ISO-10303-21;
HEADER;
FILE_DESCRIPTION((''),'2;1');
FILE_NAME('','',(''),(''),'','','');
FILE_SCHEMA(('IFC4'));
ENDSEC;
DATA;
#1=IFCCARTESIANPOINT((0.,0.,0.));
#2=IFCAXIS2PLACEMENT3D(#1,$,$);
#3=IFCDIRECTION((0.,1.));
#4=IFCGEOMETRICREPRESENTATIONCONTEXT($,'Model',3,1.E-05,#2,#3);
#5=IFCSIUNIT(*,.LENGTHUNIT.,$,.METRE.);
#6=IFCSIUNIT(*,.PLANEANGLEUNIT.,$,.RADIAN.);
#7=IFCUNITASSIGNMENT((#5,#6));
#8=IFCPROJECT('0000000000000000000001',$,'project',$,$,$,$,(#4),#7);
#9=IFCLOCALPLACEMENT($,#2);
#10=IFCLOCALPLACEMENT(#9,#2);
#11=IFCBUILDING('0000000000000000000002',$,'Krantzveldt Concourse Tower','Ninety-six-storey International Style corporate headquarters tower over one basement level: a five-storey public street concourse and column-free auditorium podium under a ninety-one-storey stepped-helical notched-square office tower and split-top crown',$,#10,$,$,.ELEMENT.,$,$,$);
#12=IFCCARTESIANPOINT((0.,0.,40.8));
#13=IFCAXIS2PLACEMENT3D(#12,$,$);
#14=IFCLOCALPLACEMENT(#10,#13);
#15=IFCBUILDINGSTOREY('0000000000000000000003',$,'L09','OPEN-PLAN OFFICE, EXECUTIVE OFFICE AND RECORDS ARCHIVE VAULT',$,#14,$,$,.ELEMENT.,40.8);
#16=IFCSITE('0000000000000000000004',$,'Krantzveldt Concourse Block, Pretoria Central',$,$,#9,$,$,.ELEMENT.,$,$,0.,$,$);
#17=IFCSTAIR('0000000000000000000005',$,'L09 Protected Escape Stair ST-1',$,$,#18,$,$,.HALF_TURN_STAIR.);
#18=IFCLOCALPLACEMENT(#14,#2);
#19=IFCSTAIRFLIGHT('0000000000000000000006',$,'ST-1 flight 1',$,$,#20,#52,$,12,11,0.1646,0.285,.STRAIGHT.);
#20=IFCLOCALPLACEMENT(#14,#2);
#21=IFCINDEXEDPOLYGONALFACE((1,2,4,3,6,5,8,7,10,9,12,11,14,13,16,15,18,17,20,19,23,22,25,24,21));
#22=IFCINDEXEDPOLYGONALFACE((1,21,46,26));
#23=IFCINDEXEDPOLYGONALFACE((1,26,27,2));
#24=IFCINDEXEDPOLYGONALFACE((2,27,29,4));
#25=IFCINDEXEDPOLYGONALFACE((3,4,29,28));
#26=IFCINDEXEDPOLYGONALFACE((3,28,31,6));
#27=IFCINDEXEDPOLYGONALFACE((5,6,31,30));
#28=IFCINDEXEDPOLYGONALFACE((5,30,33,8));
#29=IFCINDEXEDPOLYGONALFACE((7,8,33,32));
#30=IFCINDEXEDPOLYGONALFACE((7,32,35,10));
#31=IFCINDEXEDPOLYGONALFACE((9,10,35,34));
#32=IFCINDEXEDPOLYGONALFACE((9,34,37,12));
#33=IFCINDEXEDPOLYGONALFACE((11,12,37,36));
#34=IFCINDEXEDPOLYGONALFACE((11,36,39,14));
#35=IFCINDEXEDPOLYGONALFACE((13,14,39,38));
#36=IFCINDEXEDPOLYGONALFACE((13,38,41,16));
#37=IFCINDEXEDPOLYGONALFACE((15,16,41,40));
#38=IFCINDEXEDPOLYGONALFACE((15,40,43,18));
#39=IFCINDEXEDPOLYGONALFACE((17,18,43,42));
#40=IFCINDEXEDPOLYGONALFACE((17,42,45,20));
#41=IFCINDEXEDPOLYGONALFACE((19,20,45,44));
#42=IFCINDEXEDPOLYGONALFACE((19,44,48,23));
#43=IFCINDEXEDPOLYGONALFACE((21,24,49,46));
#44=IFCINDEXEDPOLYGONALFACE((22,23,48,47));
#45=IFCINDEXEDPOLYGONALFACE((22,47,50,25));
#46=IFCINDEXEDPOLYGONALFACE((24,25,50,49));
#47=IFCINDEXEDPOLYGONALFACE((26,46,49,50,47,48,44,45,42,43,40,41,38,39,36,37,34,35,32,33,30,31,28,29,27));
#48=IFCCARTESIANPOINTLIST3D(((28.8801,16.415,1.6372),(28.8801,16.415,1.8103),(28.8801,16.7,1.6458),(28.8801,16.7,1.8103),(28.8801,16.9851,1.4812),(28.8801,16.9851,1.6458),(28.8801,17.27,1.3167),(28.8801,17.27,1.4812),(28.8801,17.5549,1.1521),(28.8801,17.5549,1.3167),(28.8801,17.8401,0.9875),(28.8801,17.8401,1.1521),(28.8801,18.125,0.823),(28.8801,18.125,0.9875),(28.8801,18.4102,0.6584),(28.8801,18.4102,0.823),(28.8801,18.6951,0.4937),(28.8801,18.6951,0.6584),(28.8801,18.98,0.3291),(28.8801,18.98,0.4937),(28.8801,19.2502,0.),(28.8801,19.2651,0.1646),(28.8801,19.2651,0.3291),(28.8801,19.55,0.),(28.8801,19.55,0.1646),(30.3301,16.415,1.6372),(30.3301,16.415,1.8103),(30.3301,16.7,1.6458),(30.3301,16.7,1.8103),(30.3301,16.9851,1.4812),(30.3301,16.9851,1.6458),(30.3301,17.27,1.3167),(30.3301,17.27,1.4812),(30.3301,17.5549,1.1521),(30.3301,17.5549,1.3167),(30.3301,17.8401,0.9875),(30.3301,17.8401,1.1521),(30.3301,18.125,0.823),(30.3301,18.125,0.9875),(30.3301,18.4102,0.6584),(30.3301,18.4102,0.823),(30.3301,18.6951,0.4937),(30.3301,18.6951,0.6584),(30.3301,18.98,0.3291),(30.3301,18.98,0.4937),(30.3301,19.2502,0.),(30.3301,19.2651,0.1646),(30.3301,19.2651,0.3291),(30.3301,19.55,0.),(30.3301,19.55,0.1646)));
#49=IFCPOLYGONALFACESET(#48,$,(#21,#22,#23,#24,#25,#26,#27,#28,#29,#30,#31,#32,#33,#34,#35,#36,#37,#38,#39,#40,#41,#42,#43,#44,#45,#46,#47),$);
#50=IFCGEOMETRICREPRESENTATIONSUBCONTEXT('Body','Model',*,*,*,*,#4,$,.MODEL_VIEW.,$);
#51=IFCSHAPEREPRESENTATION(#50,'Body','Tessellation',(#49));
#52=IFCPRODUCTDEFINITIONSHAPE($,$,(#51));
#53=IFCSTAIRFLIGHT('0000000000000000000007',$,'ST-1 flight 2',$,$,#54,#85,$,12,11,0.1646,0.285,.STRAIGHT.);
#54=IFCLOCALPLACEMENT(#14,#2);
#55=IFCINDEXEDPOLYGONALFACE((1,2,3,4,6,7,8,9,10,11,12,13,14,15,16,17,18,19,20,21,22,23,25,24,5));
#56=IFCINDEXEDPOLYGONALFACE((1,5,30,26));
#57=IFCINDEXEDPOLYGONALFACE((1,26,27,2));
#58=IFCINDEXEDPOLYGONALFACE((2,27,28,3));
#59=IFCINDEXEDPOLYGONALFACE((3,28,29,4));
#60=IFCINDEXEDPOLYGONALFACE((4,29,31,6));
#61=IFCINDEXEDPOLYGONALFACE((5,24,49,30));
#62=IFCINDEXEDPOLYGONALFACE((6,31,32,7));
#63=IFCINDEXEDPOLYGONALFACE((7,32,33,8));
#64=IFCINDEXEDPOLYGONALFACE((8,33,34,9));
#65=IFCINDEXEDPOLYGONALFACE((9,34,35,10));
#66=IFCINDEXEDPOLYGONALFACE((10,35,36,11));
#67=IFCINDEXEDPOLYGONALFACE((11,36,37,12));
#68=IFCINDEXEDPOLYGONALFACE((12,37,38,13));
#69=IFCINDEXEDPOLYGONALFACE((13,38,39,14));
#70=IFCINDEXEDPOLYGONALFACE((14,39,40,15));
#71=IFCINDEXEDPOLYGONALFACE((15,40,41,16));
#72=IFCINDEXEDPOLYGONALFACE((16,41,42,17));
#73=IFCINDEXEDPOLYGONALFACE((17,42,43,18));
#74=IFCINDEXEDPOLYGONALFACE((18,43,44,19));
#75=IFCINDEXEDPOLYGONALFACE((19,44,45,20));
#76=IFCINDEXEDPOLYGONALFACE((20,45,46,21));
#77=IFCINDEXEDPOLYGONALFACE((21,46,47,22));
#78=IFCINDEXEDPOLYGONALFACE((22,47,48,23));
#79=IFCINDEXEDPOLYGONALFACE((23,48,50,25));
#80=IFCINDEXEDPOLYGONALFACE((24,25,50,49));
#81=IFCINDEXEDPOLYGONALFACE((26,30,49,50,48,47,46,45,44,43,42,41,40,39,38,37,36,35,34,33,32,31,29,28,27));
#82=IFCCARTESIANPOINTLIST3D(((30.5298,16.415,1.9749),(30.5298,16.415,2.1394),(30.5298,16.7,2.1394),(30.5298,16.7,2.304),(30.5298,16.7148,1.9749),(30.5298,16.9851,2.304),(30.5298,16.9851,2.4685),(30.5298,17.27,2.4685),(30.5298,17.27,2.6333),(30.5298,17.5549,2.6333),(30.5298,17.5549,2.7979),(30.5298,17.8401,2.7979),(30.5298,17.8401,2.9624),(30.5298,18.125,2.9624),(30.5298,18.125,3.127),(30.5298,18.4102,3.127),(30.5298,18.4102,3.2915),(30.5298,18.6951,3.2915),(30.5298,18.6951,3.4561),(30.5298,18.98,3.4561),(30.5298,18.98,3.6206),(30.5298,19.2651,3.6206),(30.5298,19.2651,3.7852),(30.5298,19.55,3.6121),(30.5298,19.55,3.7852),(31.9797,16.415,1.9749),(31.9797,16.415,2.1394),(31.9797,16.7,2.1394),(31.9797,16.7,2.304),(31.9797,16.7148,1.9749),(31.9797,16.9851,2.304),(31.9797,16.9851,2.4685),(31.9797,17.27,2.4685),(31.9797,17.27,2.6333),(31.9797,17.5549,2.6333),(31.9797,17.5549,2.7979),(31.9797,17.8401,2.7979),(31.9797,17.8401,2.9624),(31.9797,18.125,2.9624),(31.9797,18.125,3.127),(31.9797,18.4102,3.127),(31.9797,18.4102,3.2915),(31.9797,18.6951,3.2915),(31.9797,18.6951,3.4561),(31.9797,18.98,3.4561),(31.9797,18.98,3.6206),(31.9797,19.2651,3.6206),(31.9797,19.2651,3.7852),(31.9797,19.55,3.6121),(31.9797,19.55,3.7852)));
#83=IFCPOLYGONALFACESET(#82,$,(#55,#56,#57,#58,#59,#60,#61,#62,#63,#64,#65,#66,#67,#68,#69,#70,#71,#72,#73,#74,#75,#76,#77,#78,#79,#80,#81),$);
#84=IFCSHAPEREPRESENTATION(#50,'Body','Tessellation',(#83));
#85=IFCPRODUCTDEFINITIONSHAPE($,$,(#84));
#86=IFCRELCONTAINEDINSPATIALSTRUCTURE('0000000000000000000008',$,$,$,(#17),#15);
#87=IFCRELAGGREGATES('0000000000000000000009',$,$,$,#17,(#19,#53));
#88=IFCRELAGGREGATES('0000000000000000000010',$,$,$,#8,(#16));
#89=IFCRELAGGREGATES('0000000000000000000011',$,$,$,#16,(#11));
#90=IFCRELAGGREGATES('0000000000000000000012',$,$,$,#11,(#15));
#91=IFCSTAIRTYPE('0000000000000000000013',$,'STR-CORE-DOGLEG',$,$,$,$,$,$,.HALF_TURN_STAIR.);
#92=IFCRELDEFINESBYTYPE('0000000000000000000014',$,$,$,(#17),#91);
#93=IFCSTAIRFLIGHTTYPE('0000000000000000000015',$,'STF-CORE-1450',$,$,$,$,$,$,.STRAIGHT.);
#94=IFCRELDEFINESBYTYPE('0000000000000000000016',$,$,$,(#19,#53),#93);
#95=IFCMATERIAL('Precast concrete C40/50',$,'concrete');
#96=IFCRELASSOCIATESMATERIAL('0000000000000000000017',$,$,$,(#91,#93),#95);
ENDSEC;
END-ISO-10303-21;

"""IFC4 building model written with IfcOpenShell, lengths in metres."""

from ifc_helpers import new_model, si_unit, direction, frame, origin, place, context, subcontext, project, spatial, polyline, outline, extrude, material, type_object, element, aggregate, save


model = new_model("IFC4")

# Units and contexts
model_context = context("Model", 3, precision=1e-05, world=origin(), true_north=direction((0.0, 1.0)))
body_context = subcontext(model_context, "Body", "Model", "MODEL_VIEW")
ifc_project = project(units=[si_unit("LENGTHUNIT", "METRE"), si_unit("PLANEANGLEUNIT", "RADIAN")], contexts=[model_context])

# Site, building, storey
site_placement = place(None, origin())
site = spatial("IfcSite", under=ifc_project, at=site_placement, Name="Krantzveldt Concourse Block, Pretoria Central", CompositionType="ELEMENT", RefElevation=0.0)
building_placement = place(site_placement, origin())
building = spatial("IfcBuilding", under=site, at=building_placement, Name="Krantzveldt Concourse Tower", Description="Ninety-six-storey International Style corporate headquarters tower over one basement level: a five-storey public street concourse and column-free auditorium podium under a ninety-one-storey stepped-helical notched-square office tower and split-top crown", CompositionType="ELEMENT")
storey_placement = place(building_placement, frame((0.0, 0.0, 40.8)))
storey = spatial("IfcBuildingStorey", under=building, at=storey_placement, Name="L09", Description="OPEN-PLAN OFFICE, EXECUTIVE OFFICE AND RECORDS ARCHIVE VAULT", CompositionType="ELEMENT", Elevation=40.8)

# Stair, stair flights
ifc_material_1 = material(Name="Precast concrete C40/50", Category="concrete")
stair_type = type_object("IfcStairType", Name="STR-CORE-DOGLEG", PredefinedType="HALF_TURN_STAIR", material=ifc_material_1)
stair_placement = place(storey_placement, origin())
stair = element("IfcStair", 1, at=stair_placement, inside=storey, type_object=stair_type, Name="L09 Protected Escape Stair ST-1", PredefinedType="HALF_TURN_STAIR")
stair_flight_type = type_object("IfcStairFlightType", Name="STF-CORE-1450", PredefinedType="STRAIGHT", material=ifc_material_1)
stair_flight_1_placement = place(storey_placement, frame((29.605, 19.55, 0.0), z_axis=(0.0, 0.0, 1.0), x_axis=(0.0, -1.0, 0.0)))
stair_flight_1 = element("IfcStairFlight", 2, at=stair_flight_1_placement, type_object=stair_flight_type, Name="ST-1 flight 1", NumberOfRisers=12, NumberOfTreads=11, PredefinedType="STRAIGHT", RiserHeight=0.1646, TreadLength=0.285, context=body_context, shape_type="SweptSolid", body=[
    extrude(outline(polyline([(0.0, 0.0), (0.0, 0.1646), (0.2849, 0.1646), (0.2849, 0.3291), (0.5701, 0.3291), (0.5701, 0.4937), (0.855, 0.4937), (0.855, 0.6584), (1.1399, 0.6584), (1.1399, 0.823), (1.425, 0.823), (1.425, 0.9875), (1.71, 0.9875), (1.71, 1.1521), (1.9951, 1.1521), (1.9951, 1.3167), (2.28, 1.3167), (2.28, 1.4812), (2.5649, 1.4812), (2.5649, 1.6458), (2.8501, 1.6458), (2.8501, 1.8103), (3.135, 1.8103), (3.135, 1.9751), (3.135, 1.6372), (0.2998, 0.0), (0.0, 0.0)])), frame((0.0, 0.7251, 0.0), z_axis=(0.0, -1.0, 0.0), x_axis=(1.0, 0.0, 0.0)), (0.0, 0.0, 1.0), 1.45),
])
stair_flight_2_placement = place(storey_placement, frame((31.2549, 16.415, 1.9749), z_axis=(0.0, 0.0, 1.0), x_axis=(0.0, 1.0, 0.0)))
stair_flight_2 = element("IfcStairFlight", 3, at=stair_flight_2_placement, type_object=stair_flight_type, Name="ST-1 flight 2", NumberOfRisers=12, NumberOfTreads=11, PredefinedType="STRAIGHT", RiserHeight=0.1646, TreadLength=0.285, context=body_context, shape_type="SweptSolid", body=[
    extrude(outline(polyline([(0.0, 0.0), (0.0, 0.1646), (0.2849, 0.1646), (0.2849, 0.3291), (0.5701, 0.3291), (0.5701, 0.4937), (0.855, 0.4937), (0.855, 0.6584), (1.1399, 0.6584), (1.1399, 0.823), (1.425, 0.823), (1.425, 0.9875), (1.71, 0.9875), (1.71, 1.1521), (1.9951, 1.1521), (1.9951, 1.3167), (2.28, 1.3167), (2.28, 1.4812), (2.5649, 1.4812), (2.5649, 1.6458), (2.8501, 1.6458), (2.8501, 1.8103), (3.135, 1.8103), (3.135, 1.9751), (3.135, 1.6372), (0.2998, 0.0), (0.0, 0.0)])), frame((0.0, 0.7251, 0.0), z_axis=(0.0, -1.0, 0.0), x_axis=(1.0, 0.0, 0.0)), (0.0, 0.0, 1.0), 1.45),
])
aggregate(stair, [stair_flight_1, stair_flight_2])

save(model, "model.ifc")
